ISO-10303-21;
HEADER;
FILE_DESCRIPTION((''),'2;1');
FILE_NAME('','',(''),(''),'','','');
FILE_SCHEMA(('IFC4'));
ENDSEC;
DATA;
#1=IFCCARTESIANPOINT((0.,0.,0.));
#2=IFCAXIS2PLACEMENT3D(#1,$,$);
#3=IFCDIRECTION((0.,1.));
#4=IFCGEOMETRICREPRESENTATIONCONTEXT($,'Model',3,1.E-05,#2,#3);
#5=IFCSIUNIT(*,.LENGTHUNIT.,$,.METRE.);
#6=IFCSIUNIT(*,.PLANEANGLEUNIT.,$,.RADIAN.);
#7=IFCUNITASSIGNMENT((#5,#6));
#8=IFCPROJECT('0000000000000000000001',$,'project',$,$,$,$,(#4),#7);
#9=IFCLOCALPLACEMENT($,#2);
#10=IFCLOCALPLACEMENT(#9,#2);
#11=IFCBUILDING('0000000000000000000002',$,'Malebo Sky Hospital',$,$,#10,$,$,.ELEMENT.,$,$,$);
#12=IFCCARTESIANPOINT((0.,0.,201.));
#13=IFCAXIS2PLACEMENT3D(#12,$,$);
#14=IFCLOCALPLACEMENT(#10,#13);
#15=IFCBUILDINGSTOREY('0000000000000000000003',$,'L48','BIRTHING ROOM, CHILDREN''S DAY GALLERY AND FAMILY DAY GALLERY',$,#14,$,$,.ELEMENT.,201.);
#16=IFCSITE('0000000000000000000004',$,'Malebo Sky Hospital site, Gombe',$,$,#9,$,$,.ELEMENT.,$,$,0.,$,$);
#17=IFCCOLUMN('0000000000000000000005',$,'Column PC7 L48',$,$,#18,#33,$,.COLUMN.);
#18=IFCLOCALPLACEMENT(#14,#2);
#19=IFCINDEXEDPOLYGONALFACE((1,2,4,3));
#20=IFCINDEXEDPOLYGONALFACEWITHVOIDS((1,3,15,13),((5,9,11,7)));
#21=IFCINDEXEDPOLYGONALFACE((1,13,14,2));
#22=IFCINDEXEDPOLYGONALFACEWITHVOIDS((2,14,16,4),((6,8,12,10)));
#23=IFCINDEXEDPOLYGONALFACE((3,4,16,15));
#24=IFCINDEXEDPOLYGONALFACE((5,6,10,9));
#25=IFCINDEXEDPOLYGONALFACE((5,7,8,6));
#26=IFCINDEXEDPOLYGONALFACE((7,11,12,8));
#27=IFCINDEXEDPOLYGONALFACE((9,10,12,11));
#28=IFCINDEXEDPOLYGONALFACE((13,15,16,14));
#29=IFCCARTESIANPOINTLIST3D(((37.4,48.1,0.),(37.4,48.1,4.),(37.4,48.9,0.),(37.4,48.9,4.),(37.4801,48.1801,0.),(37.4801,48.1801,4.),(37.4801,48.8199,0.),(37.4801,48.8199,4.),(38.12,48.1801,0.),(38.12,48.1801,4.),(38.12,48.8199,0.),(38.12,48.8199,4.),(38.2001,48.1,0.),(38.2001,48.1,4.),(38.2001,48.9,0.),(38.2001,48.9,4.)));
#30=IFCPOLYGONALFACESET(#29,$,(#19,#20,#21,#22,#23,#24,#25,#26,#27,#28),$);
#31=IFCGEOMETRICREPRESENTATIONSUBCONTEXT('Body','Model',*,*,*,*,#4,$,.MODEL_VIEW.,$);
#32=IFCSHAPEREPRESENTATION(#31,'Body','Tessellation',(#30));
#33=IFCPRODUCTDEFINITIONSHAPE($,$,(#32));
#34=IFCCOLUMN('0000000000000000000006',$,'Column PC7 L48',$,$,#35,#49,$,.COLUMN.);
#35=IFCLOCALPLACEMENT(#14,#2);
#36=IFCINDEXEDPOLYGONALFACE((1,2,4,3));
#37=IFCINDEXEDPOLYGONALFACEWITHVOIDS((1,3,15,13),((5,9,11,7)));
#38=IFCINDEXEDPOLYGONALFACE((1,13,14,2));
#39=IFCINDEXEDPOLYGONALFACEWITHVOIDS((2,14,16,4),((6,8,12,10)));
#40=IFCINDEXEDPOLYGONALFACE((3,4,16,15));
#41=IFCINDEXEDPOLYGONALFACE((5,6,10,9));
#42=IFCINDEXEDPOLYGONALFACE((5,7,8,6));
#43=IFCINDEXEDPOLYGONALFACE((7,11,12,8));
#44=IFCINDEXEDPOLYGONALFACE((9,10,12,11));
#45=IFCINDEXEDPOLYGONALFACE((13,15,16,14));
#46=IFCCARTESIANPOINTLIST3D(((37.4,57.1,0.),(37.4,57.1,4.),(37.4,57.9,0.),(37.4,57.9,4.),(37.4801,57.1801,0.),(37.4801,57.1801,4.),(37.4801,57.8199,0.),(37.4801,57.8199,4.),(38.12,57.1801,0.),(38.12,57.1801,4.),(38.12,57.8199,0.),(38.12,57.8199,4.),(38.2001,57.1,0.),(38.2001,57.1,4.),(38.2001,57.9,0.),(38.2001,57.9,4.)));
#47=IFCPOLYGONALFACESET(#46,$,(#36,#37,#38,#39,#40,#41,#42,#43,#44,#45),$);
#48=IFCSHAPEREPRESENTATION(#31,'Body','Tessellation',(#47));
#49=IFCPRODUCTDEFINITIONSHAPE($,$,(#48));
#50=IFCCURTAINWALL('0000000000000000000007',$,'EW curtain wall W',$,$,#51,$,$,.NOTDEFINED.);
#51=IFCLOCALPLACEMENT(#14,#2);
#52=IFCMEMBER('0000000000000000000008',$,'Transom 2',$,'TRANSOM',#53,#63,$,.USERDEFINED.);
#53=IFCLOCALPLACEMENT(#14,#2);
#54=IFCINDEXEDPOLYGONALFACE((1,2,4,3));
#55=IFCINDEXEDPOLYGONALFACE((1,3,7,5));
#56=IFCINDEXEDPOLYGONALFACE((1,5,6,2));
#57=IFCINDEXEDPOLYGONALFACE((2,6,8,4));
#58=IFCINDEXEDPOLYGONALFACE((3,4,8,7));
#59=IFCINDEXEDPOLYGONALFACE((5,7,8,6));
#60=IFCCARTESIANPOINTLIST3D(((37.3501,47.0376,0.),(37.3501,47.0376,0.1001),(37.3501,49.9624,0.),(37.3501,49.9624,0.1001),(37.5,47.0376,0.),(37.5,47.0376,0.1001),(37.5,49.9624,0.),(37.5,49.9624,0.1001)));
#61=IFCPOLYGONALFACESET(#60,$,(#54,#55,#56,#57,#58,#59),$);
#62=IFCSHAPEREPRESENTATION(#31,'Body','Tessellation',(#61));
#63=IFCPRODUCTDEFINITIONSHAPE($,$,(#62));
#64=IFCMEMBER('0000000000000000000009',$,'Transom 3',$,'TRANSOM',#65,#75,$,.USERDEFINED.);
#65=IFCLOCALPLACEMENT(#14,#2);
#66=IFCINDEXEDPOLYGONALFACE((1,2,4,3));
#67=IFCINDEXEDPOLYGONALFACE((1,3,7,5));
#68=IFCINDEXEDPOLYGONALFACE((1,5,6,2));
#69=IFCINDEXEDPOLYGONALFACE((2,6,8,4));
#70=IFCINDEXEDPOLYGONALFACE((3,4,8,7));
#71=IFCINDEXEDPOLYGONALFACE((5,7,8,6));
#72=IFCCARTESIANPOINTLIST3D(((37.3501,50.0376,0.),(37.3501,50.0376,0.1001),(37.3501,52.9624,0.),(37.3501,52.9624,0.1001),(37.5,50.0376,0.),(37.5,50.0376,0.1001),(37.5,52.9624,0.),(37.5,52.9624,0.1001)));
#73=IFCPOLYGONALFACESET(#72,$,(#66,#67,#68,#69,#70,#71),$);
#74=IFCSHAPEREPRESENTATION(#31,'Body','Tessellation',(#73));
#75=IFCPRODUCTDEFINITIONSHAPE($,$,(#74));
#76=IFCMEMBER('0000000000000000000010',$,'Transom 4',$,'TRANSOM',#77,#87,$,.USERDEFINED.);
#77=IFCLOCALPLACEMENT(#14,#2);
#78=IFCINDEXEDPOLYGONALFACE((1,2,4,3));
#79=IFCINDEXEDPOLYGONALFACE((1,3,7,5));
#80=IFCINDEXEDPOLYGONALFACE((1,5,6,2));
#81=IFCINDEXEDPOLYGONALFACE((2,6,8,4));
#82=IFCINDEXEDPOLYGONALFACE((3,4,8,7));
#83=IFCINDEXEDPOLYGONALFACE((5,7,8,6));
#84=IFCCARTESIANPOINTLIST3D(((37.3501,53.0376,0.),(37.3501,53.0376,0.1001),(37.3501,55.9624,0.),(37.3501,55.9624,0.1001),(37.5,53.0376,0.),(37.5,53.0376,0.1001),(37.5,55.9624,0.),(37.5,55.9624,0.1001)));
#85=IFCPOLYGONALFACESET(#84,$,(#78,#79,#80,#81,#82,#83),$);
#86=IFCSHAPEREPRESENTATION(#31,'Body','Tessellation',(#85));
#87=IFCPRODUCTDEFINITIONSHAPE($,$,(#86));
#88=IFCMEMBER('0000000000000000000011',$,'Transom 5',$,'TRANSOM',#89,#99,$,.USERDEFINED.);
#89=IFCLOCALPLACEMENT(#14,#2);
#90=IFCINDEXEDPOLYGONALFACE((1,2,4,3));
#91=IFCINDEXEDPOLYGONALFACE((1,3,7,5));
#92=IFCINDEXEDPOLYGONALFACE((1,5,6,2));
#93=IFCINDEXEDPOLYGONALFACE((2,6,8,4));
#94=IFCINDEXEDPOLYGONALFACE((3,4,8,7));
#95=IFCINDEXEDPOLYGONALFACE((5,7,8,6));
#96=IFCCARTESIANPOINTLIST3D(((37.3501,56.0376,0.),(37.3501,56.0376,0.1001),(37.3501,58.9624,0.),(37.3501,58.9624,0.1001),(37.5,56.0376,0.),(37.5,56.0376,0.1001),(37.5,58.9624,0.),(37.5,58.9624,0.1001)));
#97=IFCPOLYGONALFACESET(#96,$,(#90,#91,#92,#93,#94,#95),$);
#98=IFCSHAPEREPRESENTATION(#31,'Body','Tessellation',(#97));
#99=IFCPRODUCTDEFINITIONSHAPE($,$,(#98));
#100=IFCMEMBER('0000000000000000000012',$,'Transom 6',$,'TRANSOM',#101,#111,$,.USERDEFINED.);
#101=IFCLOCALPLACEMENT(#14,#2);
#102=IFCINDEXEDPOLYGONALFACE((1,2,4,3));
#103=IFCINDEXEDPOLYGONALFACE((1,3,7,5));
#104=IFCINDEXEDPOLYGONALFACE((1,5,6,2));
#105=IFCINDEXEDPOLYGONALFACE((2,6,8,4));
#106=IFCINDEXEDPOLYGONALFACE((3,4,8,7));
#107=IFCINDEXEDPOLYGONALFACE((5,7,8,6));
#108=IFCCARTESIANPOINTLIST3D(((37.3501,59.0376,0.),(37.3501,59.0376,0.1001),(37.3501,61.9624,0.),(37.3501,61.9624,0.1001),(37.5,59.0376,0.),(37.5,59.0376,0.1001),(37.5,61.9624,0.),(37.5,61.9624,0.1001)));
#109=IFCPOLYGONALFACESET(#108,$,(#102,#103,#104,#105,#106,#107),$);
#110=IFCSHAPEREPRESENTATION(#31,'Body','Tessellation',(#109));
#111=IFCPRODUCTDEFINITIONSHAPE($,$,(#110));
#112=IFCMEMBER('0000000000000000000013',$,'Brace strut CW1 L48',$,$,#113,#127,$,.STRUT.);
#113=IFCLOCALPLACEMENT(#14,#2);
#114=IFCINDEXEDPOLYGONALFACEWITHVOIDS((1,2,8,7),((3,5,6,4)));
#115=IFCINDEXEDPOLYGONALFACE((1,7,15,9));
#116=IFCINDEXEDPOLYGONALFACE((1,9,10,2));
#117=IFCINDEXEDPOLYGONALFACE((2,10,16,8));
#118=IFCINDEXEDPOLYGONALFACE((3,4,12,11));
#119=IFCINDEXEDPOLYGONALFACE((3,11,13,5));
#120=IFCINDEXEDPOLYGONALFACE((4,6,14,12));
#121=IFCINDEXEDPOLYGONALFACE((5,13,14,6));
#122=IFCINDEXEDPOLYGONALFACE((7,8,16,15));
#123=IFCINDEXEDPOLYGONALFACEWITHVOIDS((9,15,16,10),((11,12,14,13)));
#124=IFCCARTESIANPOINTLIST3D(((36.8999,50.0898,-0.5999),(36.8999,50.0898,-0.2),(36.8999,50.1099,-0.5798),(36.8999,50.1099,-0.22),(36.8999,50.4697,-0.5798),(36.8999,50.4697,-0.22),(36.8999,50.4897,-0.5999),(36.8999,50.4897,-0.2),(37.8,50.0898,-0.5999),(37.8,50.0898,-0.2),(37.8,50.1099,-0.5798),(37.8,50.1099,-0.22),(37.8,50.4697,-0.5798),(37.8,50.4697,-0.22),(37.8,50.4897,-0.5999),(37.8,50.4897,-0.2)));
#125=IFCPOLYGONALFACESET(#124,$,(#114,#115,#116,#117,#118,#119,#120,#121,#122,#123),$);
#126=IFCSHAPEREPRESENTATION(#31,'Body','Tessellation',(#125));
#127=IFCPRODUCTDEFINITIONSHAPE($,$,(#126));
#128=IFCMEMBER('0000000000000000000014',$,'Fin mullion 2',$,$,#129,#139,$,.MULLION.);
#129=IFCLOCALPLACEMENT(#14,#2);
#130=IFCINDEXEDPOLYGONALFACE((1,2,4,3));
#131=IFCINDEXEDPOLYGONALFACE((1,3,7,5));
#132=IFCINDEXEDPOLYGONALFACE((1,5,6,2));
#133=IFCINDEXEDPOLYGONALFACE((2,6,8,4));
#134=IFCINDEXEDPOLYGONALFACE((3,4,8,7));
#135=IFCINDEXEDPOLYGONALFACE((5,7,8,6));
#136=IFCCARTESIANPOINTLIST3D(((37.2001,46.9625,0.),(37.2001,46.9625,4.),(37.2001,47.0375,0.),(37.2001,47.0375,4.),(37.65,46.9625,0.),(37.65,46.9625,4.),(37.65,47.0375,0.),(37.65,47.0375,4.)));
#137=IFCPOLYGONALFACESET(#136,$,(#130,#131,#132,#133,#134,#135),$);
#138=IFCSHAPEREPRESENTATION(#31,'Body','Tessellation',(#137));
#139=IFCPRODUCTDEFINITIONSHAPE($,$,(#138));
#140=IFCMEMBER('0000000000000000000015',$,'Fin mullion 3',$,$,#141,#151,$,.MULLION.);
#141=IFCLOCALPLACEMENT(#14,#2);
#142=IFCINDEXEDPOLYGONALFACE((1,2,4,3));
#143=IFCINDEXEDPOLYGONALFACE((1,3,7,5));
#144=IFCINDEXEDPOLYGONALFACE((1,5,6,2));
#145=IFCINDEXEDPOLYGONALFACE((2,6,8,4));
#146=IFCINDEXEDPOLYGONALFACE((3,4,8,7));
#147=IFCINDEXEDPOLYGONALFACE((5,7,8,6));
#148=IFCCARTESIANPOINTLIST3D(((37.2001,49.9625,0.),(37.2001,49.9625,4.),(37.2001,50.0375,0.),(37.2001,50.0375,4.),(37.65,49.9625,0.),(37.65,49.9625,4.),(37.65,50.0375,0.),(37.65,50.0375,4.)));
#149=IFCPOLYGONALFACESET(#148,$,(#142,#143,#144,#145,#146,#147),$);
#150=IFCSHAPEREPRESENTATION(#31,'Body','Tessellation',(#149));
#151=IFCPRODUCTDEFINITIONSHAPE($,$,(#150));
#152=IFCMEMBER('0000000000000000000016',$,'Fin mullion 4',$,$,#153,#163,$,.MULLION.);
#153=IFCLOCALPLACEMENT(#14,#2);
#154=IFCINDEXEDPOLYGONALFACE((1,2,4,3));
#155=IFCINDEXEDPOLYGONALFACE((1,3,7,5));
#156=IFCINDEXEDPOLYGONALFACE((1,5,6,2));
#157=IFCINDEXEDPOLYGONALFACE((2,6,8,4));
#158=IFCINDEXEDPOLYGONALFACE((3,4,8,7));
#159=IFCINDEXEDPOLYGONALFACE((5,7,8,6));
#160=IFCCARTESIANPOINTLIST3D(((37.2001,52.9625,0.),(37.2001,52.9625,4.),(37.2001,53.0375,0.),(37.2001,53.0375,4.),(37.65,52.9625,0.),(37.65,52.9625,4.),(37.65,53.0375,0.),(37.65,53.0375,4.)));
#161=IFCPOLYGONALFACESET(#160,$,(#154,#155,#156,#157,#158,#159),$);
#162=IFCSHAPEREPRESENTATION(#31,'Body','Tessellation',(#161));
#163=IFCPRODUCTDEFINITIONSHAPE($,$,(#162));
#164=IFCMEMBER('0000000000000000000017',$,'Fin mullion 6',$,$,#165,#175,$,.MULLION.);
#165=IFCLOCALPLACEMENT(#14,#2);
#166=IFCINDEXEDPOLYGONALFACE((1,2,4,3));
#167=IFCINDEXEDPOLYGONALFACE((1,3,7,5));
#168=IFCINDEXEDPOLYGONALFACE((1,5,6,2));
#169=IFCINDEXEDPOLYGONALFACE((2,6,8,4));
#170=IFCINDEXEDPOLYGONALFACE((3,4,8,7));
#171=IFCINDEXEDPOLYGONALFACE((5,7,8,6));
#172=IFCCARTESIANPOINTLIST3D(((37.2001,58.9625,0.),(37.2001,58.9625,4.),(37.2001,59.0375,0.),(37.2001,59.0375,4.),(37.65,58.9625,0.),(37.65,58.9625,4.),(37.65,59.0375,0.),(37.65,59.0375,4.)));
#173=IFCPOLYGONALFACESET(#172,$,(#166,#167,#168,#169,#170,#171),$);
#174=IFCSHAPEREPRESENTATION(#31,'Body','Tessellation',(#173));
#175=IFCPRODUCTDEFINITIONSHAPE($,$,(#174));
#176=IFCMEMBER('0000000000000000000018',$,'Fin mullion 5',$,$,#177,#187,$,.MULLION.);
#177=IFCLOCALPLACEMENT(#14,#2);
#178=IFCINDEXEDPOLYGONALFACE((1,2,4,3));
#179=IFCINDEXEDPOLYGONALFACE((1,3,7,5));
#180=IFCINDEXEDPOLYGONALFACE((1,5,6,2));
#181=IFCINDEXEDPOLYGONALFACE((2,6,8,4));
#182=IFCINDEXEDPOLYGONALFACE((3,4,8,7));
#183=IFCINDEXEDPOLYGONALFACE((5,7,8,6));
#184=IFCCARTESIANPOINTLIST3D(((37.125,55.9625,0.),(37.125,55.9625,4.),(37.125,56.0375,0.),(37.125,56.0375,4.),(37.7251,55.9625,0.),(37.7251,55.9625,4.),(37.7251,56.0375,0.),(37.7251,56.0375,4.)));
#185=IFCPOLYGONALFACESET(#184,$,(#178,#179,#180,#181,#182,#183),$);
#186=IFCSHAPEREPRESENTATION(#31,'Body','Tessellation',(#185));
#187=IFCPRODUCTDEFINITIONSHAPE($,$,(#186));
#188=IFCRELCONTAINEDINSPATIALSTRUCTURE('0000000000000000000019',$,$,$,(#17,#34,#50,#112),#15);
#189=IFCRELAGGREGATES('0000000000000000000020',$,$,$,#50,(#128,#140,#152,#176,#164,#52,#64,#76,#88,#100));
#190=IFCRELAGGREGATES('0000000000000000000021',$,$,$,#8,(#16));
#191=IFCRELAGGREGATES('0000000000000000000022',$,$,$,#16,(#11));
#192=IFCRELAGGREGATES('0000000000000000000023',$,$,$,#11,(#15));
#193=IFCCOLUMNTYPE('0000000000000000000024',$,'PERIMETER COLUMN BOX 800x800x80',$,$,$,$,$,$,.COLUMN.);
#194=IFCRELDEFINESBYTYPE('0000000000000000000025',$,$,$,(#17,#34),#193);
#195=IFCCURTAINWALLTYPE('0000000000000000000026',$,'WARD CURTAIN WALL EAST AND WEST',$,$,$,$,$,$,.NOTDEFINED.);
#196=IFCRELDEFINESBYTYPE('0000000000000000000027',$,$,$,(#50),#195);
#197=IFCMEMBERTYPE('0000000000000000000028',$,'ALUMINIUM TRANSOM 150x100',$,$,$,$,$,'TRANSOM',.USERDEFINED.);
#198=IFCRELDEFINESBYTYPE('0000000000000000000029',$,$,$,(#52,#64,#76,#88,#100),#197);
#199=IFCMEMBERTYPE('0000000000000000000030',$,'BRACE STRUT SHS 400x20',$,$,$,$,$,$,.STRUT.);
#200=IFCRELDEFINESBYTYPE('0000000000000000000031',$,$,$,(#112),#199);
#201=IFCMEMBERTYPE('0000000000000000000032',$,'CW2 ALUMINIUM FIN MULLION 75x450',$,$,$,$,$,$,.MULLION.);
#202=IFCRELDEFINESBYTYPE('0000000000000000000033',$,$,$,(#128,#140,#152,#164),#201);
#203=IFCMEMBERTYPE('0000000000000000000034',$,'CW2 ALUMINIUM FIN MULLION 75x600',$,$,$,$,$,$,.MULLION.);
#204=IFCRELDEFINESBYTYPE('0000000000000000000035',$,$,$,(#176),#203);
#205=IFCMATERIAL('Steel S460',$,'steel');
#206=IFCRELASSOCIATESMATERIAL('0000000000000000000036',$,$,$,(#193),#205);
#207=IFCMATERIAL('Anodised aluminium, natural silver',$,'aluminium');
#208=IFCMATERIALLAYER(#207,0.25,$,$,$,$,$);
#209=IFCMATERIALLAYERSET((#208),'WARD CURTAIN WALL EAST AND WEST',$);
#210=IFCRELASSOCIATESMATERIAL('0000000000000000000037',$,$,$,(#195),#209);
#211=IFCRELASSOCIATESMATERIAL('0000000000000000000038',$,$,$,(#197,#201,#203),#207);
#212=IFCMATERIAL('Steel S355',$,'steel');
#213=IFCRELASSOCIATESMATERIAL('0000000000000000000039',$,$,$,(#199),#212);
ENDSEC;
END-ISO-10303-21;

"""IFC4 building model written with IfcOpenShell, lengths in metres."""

from ifc_helpers import new_model, si_unit, direction, frame, origin, origin_2d, place, context, subcontext, project, spatial, rectangle, hollow_rectangle, extrude, material, layer, layer_set, material_profile, profile_set, type_object, element, aggregate, save


model = new_model("IFC4")

# Units and contexts
model_context = context("Model", 3, precision=1e-05, world=origin(), true_north=direction((0.0, 1.0)))
body_context = subcontext(model_context, "Body", "Model", "MODEL_VIEW")
ifc_project = project(units=[si_unit("LENGTHUNIT", "METRE"), si_unit("PLANEANGLEUNIT", "RADIAN")], contexts=[model_context])

# Site, building, storey
site_placement = place(None, origin())
site = spatial("IfcSite", under=ifc_project, at=site_placement, Name="Malebo Sky Hospital site, Gombe", CompositionType="ELEMENT", RefElevation=0.0)
building_placement = place(site_placement, origin())
building = spatial("IfcBuilding", under=site, at=building_placement, Name="Malebo Sky Hospital", CompositionType="ELEMENT")
storey_placement = place(building_placement, frame((0.0, 0.0, 201.0)))
storey = spatial("IfcBuildingStorey", under=building, at=storey_placement, Name="L48", Description="BIRTHING ROOM, CHILDREN'S DAY GALLERY AND FAMILY DAY GALLERY", CompositionType="ELEMENT", Elevation=201.0)

# Columns
ifc_material_1 = material(Name="Steel S460", Category="steel")
ifc_material_profile_1 = material_profile(ifc_material_1, hollow_rectangle(XDim=0.8, YDim=0.8, WallThickness=0.0801, at=origin_2d()), Name="BOX 800x800x80")
ifc_profile_set_1 = profile_set([ifc_material_profile_1], Name="Steel S460")
column_type = type_object("IfcColumnType", Name="PERIMETER COLUMN BOX 800x800x80", PredefinedType="COLUMN", material=ifc_profile_set_1)
for number, where, z_axis, x_axis, name in (
    (1, (37.8, 48.5, 0.0), (0.0, 0.0, 1.0), (1.0, 0.0, 0.0), "Column PC7 L48"),
    (2, (37.8, 57.5, 0.0), (0.0, 0.0, 1.0), (1.0, 0.0, 0.0), "Column PC7 L48"),
):
    element("IfcColumn", number, at=place(storey_placement, frame(where, z_axis=z_axis, x_axis=x_axis)), inside=storey, type_object=column_type, Name=name, PredefinedType="COLUMN", context=body_context, shape_type="SweptSolid", body=[
        extrude(hollow_rectangle(XDim=0.8, YDim=0.8, WallThickness=0.0801, at=origin_2d()), origin(), (0.0, 0.0, 1.0), 4.0),
    ])

# Curtain wall, members
ifc_material_2 = material(Name="Anodised aluminium, natural silver", Category="aluminium")
ifc_layer_1 = layer(ifc_material_2, 0.25)
ifc_layer_set_1 = layer_set([ifc_layer_1], Name="WARD CURTAIN WALL EAST AND WEST")
curtain_wall_type = type_object("IfcCurtainWallType", Name="WARD CURTAIN WALL EAST AND WEST", PredefinedType="NOTDEFINED", material=ifc_layer_set_1)
curtain_wall_placement = place(storey_placement, origin())
curtain_wall = element("IfcCurtainWall", 3, at=curtain_wall_placement, inside=storey, type_object=curtain_wall_type, Name="EW curtain wall W", PredefinedType="NOTDEFINED")
ifc_material_profile_2 = material_profile(ifc_material_2, rectangle(XDim=0.1499, YDim=0.1001, at=origin_2d()), Name="ALUMINIUM TRANSOM 150x100")
ifc_profile_set_2 = profile_set([ifc_material_profile_2], Name="Anodised aluminium, natural silver")
member_type_1 = type_object("IfcMemberType", Name="ALUMINIUM TRANSOM 150x100", ElementType="TRANSOM", PredefinedType="USERDEFINED", material=ifc_profile_set_2)
member_1_placement = place(storey_placement, frame((37.425, 47.0376, 0.05), z_axis=(0.0, 1.0, 0.0), x_axis=(-1.0, 0.0, 0.0)))
member_1 = element("IfcMember", 4, at=member_1_placement, type_object=member_type_1, Name="Transom 2", ObjectType="TRANSOM", PredefinedType="USERDEFINED", context=body_context, shape_type="SweptSolid", body=[
    extrude(rectangle(XDim=0.1499, YDim=0.1001, at=origin_2d()), origin(), (0.0, 0.0, 1.0), 2.9248),
])
member_2_placement = place(storey_placement, frame((37.425, 50.0376, 0.05), z_axis=(0.0, 1.0, 0.0), x_axis=(-1.0, 0.0, 0.0)))
member_2 = element("IfcMember", 5, at=member_2_placement, type_object=member_type_1, Name="Transom 3", ObjectType="TRANSOM", PredefinedType="USERDEFINED", context=body_context, shape_type="SweptSolid", body=[
    extrude(rectangle(XDim=0.1499, YDim=0.1001, at=origin_2d()), origin(), (0.0, 0.0, 1.0), 2.9248),
])
member_3_placement = place(storey_placement, frame((37.425, 53.0376, 0.05), z_axis=(0.0, 1.0, 0.0), x_axis=(-1.0, 0.0, 0.0)))
member_3 = element("IfcMember", 6, at=member_3_placement, type_object=member_type_1, Name="Transom 4", ObjectType="TRANSOM", PredefinedType="USERDEFINED", context=body_context, shape_type="SweptSolid", body=[
    extrude(rectangle(XDim=0.1499, YDim=0.1001, at=origin_2d()), origin(), (0.0, 0.0, 1.0), 2.9248),
])
member_4_placement = place(storey_placement, frame((37.425, 56.0376, 0.05), z_axis=(0.0, 1.0, 0.0), x_axis=(-1.0, 0.0, 0.0)))
member_4 = element("IfcMember", 7, at=member_4_placement, type_object=member_type_1, Name="Transom 5", ObjectType="TRANSOM", PredefinedType="USERDEFINED", context=body_context, shape_type="SweptSolid", body=[
    extrude(rectangle(XDim=0.1499, YDim=0.1001, at=origin_2d()), origin(), (0.0, 0.0, 1.0), 2.9248),
])
member_5_placement = place(storey_placement, frame((37.425, 59.0376, 0.05), z_axis=(0.0, 1.0, 0.0), x_axis=(-1.0, 0.0, 0.0)))
member_5 = element("IfcMember", 8, at=member_5_placement, type_object=member_type_1, Name="Transom 6", ObjectType="TRANSOM", PredefinedType="USERDEFINED", context=body_context, shape_type="SweptSolid", body=[
    extrude(rectangle(XDim=0.1499, YDim=0.1001, at=origin_2d()), origin(), (0.0, 0.0, 1.0), 2.9248),
])

# Members
ifc_material_3 = material(Name="Steel S355", Category="steel")
ifc_material_profile_3 = material_profile(ifc_material_3, hollow_rectangle(XDim=0.3999, YDim=0.3999, WallThickness=0.02, at=origin_2d()), Name="SHS 400x20")
ifc_profile_set_3 = profile_set([ifc_material_profile_3], Name="Steel S355")
member_type_2 = type_object("IfcMemberType", Name="BRACE STRUT SHS 400x20", PredefinedType="STRUT", material=ifc_profile_set_3)
member_6_placement = place(storey_placement, frame((36.8999, 50.2898, -0.3999), z_axis=(1.0, 0.0, 0.0), x_axis=(0.0, 1.0, 0.0)))
element("IfcMember", 9, at=member_6_placement, inside=storey, type_object=member_type_2, Name="Brace strut CW1 L48", PredefinedType="STRUT", context=body_context, shape_type="SweptSolid", body=[
    extrude(hollow_rectangle(XDim=0.3999, YDim=0.3999, WallThickness=0.02, at=origin_2d()), origin(), (0.0, 0.0, 1.0), 0.9001),
])
ifc_material_profile_4 = material_profile(ifc_material_2, rectangle(XDim=0.075, YDim=0.45, at=origin_2d()), Name="CW2 ALUMINIUM FIN MULLION 75x450")
ifc_profile_set_4 = profile_set([ifc_material_profile_4], Name="Anodised aluminium, natural silver")
member_type_3 = type_object("IfcMemberType", Name="CW2 ALUMINIUM FIN MULLION 75x450", PredefinedType="MULLION", material=ifc_profile_set_4)
member_7_placement = place(storey_placement, frame((37.425, 47.0, 0.0), z_axis=(0.0, 0.0, 1.0), x_axis=(0.0, 1.0, 0.0)))
member_7 = element("IfcMember", 10, at=member_7_placement, type_object=member_type_3, Name="Fin mullion 2", PredefinedType="MULLION", context=body_context, shape_type="SweptSolid", body=[
    extrude(rectangle(XDim=0.075, YDim=0.45, at=origin_2d()), origin(), (0.0, 0.0, 1.0), 4.0),
])
member_8_placement = place(storey_placement, frame((37.425, 50.0, 0.0), z_axis=(0.0, 0.0, 1.0), x_axis=(0.0, 1.0, 0.0)))
member_8 = element("IfcMember", 11, at=member_8_placement, type_object=member_type_3, Name="Fin mullion 3", PredefinedType="MULLION", context=body_context, shape_type="SweptSolid", body=[
    extrude(rectangle(XDim=0.075, YDim=0.45, at=origin_2d()), origin(), (0.0, 0.0, 1.0), 4.0),
])
member_9_placement = place(storey_placement, frame((37.425, 53.0, 0.0), z_axis=(0.0, 0.0, 1.0), x_axis=(0.0, 1.0, 0.0)))
member_9 = element("IfcMember", 12, at=member_9_placement, type_object=member_type_3, Name="Fin mullion 4", PredefinedType="MULLION", context=body_context, shape_type="SweptSolid", body=[
    extrude(rectangle(XDim=0.075, YDim=0.45, at=origin_2d()), origin(), (0.0, 0.0, 1.0), 4.0),
])
member_10_placement = place(storey_placement, frame((37.425, 59.0, 0.0), z_axis=(0.0, 0.0, 1.0), x_axis=(0.0, 1.0, 0.0)))
member_10 = element("IfcMember", 13, at=member_10_placement, type_object=member_type_3, Name="Fin mullion 6", PredefinedType="MULLION", context=body_context, shape_type="SweptSolid", body=[
    extrude(rectangle(XDim=0.075, YDim=0.45, at=origin_2d()), origin(), (0.0, 0.0, 1.0), 4.0),
])
ifc_material_profile_5 = material_profile(ifc_material_2, rectangle(XDim=0.075, YDim=0.6001, at=origin_2d()), Name="CW2 ALUMINIUM FIN MULLION 75x600")
ifc_profile_set_5 = profile_set([ifc_material_profile_5], Name="Anodised aluminium, natural silver")
member_type_4 = type_object("IfcMemberType", Name="CW2 ALUMINIUM FIN MULLION 75x600", PredefinedType="MULLION", material=ifc_profile_set_5)
member_11_placement = place(storey_placement, frame((37.425, 56.0, 0.0), z_axis=(0.0, 0.0, 1.0), x_axis=(0.0, 1.0, 0.0)))
member_11 = element("IfcMember", 14, at=member_11_placement, type_object=member_type_4, Name="Fin mullion 5", PredefinedType="MULLION", context=body_context, shape_type="SweptSolid", body=[
    extrude(rectangle(XDim=0.075, YDim=0.6001, at=origin_2d()), origin(), (0.0, 0.0, 1.0), 4.0),
])

aggregate(curtain_wall, [member_7, member_8, member_9, member_11, member_10, member_1, member_2, member_3, member_4, member_5])

save(model, "model.ifc")
